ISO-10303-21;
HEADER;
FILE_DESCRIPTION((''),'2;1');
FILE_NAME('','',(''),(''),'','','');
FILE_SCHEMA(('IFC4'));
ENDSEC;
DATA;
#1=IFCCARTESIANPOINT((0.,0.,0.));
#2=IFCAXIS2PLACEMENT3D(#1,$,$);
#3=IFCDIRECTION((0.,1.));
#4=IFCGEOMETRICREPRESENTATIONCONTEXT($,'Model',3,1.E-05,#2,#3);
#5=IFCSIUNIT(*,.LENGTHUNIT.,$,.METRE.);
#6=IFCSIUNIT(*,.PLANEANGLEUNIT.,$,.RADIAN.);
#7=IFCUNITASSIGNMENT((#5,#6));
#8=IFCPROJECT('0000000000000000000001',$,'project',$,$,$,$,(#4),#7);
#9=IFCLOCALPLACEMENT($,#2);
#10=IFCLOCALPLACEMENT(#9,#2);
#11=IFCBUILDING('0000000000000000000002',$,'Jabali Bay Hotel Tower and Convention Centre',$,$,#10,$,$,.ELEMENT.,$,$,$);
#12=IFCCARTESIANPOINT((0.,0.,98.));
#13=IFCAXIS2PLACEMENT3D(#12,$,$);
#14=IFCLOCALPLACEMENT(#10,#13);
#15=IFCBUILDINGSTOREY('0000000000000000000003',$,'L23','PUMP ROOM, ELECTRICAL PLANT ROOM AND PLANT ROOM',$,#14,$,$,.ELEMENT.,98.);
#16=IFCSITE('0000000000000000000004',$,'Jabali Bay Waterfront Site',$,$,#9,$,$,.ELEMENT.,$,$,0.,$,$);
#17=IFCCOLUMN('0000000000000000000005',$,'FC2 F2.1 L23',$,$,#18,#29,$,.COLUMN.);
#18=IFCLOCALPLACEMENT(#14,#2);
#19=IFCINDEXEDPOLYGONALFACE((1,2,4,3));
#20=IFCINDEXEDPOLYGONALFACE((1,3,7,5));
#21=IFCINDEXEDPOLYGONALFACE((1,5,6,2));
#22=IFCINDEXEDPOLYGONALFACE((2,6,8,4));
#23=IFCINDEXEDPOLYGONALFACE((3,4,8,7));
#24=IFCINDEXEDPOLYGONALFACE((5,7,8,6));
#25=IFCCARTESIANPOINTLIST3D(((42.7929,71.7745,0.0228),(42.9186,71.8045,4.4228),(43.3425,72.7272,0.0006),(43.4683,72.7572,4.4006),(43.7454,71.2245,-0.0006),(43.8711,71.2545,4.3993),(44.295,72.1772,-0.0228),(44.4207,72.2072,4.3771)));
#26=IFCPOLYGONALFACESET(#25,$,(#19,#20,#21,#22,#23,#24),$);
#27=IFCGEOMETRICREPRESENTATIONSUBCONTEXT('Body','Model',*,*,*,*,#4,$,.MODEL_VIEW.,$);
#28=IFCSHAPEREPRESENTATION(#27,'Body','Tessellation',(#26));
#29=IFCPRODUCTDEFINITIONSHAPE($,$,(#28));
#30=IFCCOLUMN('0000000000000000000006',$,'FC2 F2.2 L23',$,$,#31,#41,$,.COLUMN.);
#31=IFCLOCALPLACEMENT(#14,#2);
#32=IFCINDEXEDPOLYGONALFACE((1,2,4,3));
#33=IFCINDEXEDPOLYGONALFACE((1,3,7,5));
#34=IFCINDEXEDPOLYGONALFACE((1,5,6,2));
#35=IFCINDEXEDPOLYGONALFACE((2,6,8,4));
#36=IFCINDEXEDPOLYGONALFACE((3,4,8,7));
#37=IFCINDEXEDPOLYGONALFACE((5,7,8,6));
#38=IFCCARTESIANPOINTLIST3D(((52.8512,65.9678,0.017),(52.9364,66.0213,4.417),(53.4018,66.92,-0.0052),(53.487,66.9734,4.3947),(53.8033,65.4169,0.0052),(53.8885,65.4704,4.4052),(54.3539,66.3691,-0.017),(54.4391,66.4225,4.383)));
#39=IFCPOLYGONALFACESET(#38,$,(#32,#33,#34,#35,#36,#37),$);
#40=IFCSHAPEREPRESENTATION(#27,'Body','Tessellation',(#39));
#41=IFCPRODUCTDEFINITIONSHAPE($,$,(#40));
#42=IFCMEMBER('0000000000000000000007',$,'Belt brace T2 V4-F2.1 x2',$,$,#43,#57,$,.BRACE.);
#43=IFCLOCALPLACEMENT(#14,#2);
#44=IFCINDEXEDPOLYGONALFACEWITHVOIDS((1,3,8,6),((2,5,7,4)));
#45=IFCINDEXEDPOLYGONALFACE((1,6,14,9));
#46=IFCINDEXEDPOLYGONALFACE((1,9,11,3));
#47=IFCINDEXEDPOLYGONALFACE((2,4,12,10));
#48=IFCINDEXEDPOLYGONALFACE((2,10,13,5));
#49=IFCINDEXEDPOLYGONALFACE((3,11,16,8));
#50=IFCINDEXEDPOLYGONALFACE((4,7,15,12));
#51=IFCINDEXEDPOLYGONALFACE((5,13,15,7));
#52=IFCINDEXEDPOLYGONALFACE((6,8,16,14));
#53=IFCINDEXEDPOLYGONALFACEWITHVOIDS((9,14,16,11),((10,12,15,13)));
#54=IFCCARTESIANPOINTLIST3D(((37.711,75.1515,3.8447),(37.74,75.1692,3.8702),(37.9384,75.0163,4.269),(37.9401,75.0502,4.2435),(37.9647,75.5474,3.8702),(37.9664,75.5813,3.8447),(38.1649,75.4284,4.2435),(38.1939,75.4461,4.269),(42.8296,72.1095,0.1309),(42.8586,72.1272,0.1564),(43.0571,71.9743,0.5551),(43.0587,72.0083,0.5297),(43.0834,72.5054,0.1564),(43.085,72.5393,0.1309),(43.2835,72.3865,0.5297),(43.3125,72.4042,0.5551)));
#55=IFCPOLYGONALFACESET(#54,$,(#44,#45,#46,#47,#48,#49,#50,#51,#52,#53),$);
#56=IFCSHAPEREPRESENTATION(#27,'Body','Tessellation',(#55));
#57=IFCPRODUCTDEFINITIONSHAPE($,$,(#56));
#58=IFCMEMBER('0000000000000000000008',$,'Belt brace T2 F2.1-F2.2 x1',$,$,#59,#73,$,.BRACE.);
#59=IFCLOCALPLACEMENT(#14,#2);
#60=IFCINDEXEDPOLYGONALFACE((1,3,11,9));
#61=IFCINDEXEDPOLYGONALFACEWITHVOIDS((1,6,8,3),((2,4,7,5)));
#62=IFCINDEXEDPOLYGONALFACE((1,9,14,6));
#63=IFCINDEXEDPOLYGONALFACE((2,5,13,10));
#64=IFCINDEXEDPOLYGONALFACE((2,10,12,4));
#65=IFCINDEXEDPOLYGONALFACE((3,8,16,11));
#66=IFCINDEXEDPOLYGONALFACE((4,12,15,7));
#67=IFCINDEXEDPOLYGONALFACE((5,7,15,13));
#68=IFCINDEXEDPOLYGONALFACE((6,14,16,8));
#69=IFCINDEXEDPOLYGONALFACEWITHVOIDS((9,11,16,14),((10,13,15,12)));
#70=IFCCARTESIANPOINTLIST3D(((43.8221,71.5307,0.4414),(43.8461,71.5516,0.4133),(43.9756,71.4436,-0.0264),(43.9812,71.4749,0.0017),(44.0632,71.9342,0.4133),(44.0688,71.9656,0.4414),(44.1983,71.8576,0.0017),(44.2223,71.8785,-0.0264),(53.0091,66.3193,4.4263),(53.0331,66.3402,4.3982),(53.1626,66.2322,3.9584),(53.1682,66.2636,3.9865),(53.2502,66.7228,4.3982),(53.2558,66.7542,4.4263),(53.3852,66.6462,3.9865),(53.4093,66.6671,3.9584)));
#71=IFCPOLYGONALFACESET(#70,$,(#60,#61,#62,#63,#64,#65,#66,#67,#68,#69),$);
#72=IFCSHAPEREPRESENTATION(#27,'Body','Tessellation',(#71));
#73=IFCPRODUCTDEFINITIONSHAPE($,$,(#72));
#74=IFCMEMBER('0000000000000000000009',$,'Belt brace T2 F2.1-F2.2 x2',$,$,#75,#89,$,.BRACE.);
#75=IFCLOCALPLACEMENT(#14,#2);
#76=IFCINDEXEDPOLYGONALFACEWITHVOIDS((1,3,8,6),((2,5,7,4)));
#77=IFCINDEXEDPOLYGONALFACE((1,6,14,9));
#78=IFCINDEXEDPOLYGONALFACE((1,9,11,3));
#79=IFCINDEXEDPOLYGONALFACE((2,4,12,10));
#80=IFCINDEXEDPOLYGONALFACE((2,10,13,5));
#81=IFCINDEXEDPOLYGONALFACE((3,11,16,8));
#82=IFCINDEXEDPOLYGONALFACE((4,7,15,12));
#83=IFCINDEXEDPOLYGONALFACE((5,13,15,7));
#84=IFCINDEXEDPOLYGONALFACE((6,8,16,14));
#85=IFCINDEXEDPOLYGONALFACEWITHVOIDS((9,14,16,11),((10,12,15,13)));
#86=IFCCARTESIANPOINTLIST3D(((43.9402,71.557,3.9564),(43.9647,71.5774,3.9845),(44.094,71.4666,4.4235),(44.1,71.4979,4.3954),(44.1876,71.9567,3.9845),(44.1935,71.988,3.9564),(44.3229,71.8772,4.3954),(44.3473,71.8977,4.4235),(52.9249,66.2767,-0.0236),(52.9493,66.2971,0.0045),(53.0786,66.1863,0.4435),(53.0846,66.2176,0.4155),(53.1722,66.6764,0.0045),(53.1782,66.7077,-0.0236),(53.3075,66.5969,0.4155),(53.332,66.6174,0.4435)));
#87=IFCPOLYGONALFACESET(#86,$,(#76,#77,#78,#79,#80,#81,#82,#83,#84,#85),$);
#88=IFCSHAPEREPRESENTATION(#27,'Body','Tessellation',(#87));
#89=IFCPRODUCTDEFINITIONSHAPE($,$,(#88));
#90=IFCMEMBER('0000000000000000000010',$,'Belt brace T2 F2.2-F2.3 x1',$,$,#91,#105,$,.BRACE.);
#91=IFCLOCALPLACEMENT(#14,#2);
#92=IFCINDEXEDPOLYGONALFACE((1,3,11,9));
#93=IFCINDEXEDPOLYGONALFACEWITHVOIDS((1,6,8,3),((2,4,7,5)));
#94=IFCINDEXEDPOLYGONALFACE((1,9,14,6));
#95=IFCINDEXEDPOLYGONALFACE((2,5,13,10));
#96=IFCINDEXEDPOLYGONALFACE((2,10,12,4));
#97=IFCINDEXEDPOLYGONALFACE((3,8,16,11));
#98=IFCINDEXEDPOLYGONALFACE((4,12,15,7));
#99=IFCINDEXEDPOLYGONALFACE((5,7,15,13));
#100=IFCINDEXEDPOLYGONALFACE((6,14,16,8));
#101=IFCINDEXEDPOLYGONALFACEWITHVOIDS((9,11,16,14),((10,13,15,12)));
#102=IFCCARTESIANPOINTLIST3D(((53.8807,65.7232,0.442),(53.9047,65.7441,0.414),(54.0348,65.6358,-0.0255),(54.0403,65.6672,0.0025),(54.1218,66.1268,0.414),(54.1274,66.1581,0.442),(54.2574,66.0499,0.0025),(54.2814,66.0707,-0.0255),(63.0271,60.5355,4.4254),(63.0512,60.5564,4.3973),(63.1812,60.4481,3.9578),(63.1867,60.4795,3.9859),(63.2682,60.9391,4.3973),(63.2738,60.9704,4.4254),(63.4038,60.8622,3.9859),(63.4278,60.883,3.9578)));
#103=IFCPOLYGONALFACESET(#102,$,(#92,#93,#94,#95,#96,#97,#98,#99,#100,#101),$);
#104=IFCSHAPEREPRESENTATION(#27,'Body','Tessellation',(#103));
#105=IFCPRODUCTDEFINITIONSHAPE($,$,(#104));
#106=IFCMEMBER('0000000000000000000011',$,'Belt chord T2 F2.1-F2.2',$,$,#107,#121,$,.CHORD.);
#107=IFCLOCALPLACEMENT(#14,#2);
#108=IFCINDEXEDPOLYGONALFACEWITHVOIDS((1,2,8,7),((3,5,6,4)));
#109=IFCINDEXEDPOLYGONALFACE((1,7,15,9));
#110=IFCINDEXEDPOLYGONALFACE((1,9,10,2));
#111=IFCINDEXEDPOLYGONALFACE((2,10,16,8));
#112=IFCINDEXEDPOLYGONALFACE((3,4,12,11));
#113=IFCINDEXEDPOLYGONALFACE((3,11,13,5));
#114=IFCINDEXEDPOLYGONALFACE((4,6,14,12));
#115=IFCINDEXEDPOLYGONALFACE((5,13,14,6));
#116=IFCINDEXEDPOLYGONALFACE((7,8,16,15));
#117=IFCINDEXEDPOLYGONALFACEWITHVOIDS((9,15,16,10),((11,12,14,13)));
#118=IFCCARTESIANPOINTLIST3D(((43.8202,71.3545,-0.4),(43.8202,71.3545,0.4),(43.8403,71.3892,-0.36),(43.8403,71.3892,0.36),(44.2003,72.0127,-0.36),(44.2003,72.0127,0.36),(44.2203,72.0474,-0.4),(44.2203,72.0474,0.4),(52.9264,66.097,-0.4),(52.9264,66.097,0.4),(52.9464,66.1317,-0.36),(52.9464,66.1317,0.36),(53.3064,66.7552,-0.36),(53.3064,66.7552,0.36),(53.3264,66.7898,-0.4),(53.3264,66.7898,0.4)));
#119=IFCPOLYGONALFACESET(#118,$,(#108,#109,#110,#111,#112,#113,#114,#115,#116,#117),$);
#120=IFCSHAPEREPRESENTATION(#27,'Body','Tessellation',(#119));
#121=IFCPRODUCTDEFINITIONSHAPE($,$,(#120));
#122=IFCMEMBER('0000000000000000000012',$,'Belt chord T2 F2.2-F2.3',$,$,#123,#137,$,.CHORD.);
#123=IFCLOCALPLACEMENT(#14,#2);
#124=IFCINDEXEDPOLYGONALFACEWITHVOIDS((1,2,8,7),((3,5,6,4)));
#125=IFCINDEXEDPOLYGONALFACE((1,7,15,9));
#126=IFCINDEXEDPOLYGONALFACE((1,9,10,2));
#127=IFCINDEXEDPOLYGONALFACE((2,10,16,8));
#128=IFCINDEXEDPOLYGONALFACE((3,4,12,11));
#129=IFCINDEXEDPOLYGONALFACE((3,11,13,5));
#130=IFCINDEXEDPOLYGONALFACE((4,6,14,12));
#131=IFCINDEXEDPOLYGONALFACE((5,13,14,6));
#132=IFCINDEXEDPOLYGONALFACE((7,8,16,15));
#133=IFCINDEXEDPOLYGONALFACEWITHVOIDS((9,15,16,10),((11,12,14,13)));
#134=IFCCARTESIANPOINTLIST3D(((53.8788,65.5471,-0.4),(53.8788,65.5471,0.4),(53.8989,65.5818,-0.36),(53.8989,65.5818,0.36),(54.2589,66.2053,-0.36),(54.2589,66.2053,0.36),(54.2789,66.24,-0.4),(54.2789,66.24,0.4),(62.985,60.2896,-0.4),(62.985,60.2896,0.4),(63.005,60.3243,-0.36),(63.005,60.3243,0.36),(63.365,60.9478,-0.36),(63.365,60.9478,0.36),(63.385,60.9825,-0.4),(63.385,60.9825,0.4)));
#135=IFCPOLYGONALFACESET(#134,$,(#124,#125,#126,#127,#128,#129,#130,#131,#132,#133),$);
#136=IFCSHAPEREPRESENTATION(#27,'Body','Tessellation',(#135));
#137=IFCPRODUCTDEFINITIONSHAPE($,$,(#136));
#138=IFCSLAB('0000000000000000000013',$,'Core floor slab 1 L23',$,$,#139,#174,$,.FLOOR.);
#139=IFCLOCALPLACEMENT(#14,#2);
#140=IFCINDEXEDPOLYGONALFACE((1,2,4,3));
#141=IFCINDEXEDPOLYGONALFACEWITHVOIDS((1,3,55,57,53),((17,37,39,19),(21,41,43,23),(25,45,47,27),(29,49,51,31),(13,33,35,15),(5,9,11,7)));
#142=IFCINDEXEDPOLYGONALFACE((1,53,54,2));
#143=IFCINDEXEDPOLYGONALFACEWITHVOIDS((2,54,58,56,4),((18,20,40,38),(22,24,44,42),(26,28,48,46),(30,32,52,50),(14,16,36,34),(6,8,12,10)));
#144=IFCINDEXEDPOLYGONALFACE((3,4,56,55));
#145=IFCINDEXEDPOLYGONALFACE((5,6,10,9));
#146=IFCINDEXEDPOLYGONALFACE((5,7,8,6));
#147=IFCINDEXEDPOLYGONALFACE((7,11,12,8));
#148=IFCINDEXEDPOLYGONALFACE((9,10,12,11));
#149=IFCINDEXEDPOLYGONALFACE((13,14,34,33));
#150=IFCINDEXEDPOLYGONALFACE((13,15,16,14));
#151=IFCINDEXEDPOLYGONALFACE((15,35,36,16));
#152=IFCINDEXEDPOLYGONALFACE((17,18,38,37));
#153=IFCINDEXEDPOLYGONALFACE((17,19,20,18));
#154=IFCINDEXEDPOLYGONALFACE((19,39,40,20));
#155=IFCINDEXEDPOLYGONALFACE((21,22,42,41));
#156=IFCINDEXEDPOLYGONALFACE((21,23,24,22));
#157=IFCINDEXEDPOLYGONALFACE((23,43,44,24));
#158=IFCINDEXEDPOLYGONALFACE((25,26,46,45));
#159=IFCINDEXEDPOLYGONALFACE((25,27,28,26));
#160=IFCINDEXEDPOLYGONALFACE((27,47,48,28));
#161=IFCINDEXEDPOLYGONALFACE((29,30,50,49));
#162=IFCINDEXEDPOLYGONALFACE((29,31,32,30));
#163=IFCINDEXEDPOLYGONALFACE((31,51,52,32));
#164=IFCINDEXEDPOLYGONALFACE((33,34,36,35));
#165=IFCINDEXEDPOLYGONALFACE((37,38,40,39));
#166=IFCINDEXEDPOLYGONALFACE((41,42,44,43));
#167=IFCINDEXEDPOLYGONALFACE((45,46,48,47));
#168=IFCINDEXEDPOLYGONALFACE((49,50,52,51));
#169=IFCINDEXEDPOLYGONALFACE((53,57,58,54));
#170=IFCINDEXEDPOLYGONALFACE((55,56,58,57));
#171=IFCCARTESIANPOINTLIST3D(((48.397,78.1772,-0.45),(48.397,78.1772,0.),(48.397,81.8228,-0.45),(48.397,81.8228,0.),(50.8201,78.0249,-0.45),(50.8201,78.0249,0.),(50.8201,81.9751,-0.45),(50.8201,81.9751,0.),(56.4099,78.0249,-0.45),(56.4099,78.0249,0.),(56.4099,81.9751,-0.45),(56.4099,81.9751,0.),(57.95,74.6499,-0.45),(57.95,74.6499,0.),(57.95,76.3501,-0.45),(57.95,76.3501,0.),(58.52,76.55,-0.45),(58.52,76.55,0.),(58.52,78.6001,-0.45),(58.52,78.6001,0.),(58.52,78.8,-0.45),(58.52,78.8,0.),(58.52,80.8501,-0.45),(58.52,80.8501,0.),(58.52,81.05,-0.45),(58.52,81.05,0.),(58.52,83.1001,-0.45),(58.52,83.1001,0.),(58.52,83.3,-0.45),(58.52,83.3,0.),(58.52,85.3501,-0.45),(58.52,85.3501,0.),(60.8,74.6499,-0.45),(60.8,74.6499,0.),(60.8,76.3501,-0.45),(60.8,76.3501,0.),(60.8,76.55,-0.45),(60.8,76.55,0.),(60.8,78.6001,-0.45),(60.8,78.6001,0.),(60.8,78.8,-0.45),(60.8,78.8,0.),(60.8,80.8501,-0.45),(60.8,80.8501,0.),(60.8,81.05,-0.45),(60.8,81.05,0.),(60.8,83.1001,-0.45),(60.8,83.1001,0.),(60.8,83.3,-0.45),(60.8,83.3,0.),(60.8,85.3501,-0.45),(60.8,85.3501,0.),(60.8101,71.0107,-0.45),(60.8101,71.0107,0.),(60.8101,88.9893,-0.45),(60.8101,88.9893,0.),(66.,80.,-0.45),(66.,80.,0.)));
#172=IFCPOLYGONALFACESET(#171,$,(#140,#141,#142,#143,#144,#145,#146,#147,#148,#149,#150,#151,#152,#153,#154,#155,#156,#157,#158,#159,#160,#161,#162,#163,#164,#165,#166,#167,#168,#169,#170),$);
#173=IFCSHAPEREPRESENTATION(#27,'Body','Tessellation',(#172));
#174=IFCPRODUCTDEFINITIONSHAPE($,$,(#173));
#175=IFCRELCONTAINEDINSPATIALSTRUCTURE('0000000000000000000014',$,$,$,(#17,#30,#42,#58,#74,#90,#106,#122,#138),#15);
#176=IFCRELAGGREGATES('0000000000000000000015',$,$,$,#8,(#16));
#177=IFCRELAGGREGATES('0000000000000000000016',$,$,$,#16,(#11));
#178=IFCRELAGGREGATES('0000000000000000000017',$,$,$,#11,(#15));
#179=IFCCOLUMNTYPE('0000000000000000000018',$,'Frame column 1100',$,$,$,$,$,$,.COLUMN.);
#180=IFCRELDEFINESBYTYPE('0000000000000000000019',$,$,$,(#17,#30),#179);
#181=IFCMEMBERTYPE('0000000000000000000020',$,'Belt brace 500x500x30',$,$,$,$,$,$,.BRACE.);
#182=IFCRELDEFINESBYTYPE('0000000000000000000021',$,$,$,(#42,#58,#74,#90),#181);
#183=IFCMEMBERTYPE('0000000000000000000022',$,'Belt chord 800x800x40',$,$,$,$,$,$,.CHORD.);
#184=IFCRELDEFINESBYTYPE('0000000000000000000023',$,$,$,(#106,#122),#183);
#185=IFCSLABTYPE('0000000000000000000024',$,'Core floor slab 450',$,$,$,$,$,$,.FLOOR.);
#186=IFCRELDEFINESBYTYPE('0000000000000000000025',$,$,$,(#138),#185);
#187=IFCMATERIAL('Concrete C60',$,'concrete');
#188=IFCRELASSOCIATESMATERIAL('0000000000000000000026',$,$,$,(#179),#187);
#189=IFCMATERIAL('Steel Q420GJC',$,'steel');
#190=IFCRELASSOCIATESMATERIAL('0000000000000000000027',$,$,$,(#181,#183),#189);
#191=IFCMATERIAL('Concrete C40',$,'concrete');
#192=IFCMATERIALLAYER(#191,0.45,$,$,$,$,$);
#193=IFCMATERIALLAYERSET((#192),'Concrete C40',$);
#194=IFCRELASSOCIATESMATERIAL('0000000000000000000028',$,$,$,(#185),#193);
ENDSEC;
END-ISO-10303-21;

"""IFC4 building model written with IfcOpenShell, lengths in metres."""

from ifc_helpers import new_model, si_unit, direction, frame, origin, origin_2d, place, context, subcontext, project, spatial, polyline, rectangle, hollow_rectangle, outline, extrude, material, layer, layer_set, material_profile, profile_set, type_object, element, save


model = new_model("IFC4")

# Units and contexts
model_context = context("Model", 3, precision=1e-05, world=origin(), true_north=direction((0.0, 1.0)))
body_context = subcontext(model_context, "Body", "Model", "MODEL_VIEW")
ifc_project = project(units=[si_unit("LENGTHUNIT", "METRE"), si_unit("PLANEANGLEUNIT", "RADIAN")], contexts=[model_context])

# Site, building, storey
site_placement = place(None, origin())
site = spatial("IfcSite", under=ifc_project, at=site_placement, Name="Jabali Bay Waterfront Site", CompositionType="ELEMENT", RefElevation=0.0)
building_placement = place(site_placement, origin())
building = spatial("IfcBuilding", under=site, at=building_placement, Name="Jabali Bay Hotel Tower and Convention Centre", CompositionType="ELEMENT")
storey_placement = place(building_placement, frame((0.0, 0.0, 98.0)))
storey = spatial("IfcBuildingStorey", under=building, at=storey_placement, Name="L23", Description="PUMP ROOM, ELECTRICAL PLANT ROOM AND PLANT ROOM", CompositionType="ELEMENT", Elevation=98.0)

# Columns
ifc_material_1 = material(Name="Concrete C60", Category="concrete")
ifc_material_profile_1 = material_profile(ifc_material_1, rectangle(XDim=1.1001, YDim=1.1001, at=origin_2d()), Name="Frame column 1100")
ifc_profile_set_1 = profile_set([ifc_material_profile_1], Name="Concrete C60")
column_type = type_object("IfcColumnType", Name="Frame column 1100", PredefinedType="COLUMN", material=ifc_profile_set_1)
column_1_placement = place(storey_placement, frame((43.5439, 71.9758, 0.0), z_axis=(0.028564, 0.006822, 0.999569), x_axis=(-0.865776, 0.499977, 0.021328)))
element("IfcColumn", 1, at=column_1_placement, inside=storey, type_object=column_type, Name="FC2 F2.1 L23", PredefinedType="COLUMN", context=body_context, shape_type="SweptSolid", body=[
    extrude(rectangle(XDim=1.1001, YDim=1.1001, at=origin_2d()), origin(), (0.0, 0.0, 1.0), 4.4019),
])
column_2_placement = place(storey_placement, frame((53.6025, 66.1685, 0.0), z_axis=(0.01936, 0.012149, 0.999739), x_axis=(-0.865517, 0.500766, 0.010676)))
element("IfcColumn", 2, at=column_2_placement, inside=storey, type_object=column_type, Name="FC2 F2.2 L23", PredefinedType="COLUMN", context=body_context, shape_type="SweptSolid", body=[
    extrude(rectangle(XDim=1.1001, YDim=1.1001, at=origin_2d()), origin(), (0.0, 0.0, 1.0), 4.4011),
])

# Members
ifc_material_2 = material(Name="Steel Q420GJC", Category="steel")
ifc_material_profile_2 = material_profile(ifc_material_2, hollow_rectangle(XDim=0.5, YDim=0.5, WallThickness=0.03, at=origin_2d()), Name="Belt brace 500x500x30")
ifc_profile_set_2 = profile_set([ifc_material_profile_2], Name="Steel Q420GJC")
member_type_1 = type_object("IfcMemberType", Name="Belt brace 500x500x30", PredefinedType="BRACE", material=ifc_profile_set_2)
member_1_placement = place(storey_placement, frame((43.071, 72.2568, 0.343), z_axis=(-0.729399, 0.433479, 0.52922), x_axis=(-0.510885, -0.859649, 0.0)))
element("IfcMember", 3, at=member_1_placement, inside=storey, type_object=member_type_1, Name="Belt brace T2 V4-F2.1 x2", PredefinedType="BRACE", context=body_context, shape_type="SweptSolid", body=[
    extrude(hollow_rectangle(XDim=0.5, YDim=0.5, WallThickness=0.03, at=origin_2d()), origin(), (0.0, 0.0, 1.0), 7.0176),
])
member_2_placement = place(storey_placement, frame((44.0222, 71.7046, 0.2075), z_axis=(0.813809, -0.461642, 0.352989), x_axis=(0.493403, 0.869801, 0.0)))
element("IfcMember", 4, at=member_2_placement, inside=storey, type_object=member_type_1, Name="Belt brace T2 F2.1-F2.2 x1", PredefinedType="BRACE", context=body_context, shape_type="SweptSolid", body=[
    extrude(hollow_rectangle(XDim=0.5, YDim=0.5, WallThickness=0.03, at=origin_2d()), origin(), (0.0, 0.0, 1.0), 11.2888),
])
member_3_placement = place(storey_placement, frame((53.1284, 66.447, 0.21), z_axis=(-0.805399, 0.473334, 0.356773), x_axis=(-0.506678, -0.862135, 0.0)))
element("IfcMember", 5, at=member_3_placement, inside=storey, type_object=member_type_1, Name="Belt brace T2 F2.1-F2.2 x2", PredefinedType="BRACE", context=body_context, shape_type="SweptSolid", body=[
    extrude(hollow_rectangle(XDim=0.5, YDim=0.5, WallThickness=0.03, at=origin_2d()), origin(), (0.0, 0.0, 1.0), 11.1555),
])
member_4_placement = place(storey_placement, frame((54.0811, 65.897, 0.2083), z_axis=(0.81342, -0.461359, 0.354254), x_axis=(0.493353, 0.869829, 0.0)))
element("IfcMember", 6, at=member_4_placement, inside=storey, type_object=member_type_1, Name="Belt brace T2 F2.2-F2.3 x1", PredefinedType="BRACE", context=body_context, shape_type="SweptSolid", body=[
    extrude(hollow_rectangle(XDim=0.5, YDim=0.5, WallThickness=0.03, at=origin_2d()), origin(), (0.0, 0.0, 1.0), 11.2444),
])
ifc_material_profile_3 = material_profile(ifc_material_2, hollow_rectangle(XDim=0.8, YDim=0.8, WallThickness=0.04, at=origin_2d()), Name="Belt chord 800x800x40")
ifc_profile_set_3 = profile_set([ifc_material_profile_3], Name="Steel Q420GJC")
member_type_2 = type_object("IfcMemberType", Name="Belt chord 800x800x40", PredefinedType="CHORD", material=ifc_profile_set_3)
for number, where, z_axis, x_axis, name in (
    (7, (44.0203, 71.7009, 0.0), (0.866021, -0.500007, 0.0), (0.500007, 0.866021, 0.0), "Belt chord T2 F2.1-F2.2"),
    (8, (54.0789, 65.8936, 0.0), (0.866021, -0.500007, 0.0), (0.500007, 0.866021, 0.0), "Belt chord T2 F2.2-F2.3"),
):
    element("IfcMember", number, at=place(storey_placement, frame(where, z_axis=z_axis, x_axis=x_axis)), inside=storey, type_object=member_type_2, Name=name, PredefinedType="CHORD", context=body_context, shape_type="SweptSolid", body=[
        extrude(hollow_rectangle(XDim=0.8, YDim=0.8, WallThickness=0.04, at=origin_2d()), origin(), (0.0, 0.0, 1.0), 10.5149),
    ])

# Slab
ifc_material_3 = material(Name="Concrete C40", Category="concrete")
ifc_layer_1 = layer(ifc_material_3, 0.45)
ifc_layer_set_1 = layer_set([ifc_layer_1], Name="Concrete C40")
slab_type_1 = type_object("IfcSlabType", Name="Core floor slab 450", PredefinedType="FLOOR", material=ifc_layer_set_1)
slab_1_placement = place(storey_placement, frame((0.0, 0.0, -0.45)))
element("IfcSlab", 9, at=slab_1_placement, inside=storey, type_object=slab_type_1, Name="Core floor slab 1 L23", PredefinedType="FLOOR", context=body_context, shape_type="SweptSolid", body=[
    extrude(outline(polyline([(66.0, 80.0), (60.8101, 88.9893), (48.397, 81.8228), (48.397, 78.1772), (60.8101, 71.0107), (66.0, 80.0)]), holes=[polyline([(60.8, 74.6499), (60.8, 76.3501), (57.95, 76.3501), (57.95, 74.6499), (60.8, 74.6499)]), polyline([(58.52, 76.55), (60.8, 76.55), (60.8, 78.6001), (58.52, 78.6001), (58.52, 76.55)]), polyline([(58.52, 78.8), (60.8, 78.8), (60.8, 80.8501), (58.52, 80.8501), (58.52, 78.8)]), polyline([(56.4099, 81.9751), (50.8201, 81.9751), (50.8201, 78.0249), (56.4099, 78.0249), (56.4099, 81.9751)]), polyline([(58.52, 81.05), (60.8, 81.05), (60.8, 83.1001), (58.52, 83.1001), (58.52, 81.05)]), polyline([(58.52, 83.3), (60.8, 83.3), (60.8, 85.3501), (58.52, 85.3501), (58.52, 83.3)])]), origin(), (0.0, 0.0, 1.0), 0.45),
])

save(model, "model.ifc")
